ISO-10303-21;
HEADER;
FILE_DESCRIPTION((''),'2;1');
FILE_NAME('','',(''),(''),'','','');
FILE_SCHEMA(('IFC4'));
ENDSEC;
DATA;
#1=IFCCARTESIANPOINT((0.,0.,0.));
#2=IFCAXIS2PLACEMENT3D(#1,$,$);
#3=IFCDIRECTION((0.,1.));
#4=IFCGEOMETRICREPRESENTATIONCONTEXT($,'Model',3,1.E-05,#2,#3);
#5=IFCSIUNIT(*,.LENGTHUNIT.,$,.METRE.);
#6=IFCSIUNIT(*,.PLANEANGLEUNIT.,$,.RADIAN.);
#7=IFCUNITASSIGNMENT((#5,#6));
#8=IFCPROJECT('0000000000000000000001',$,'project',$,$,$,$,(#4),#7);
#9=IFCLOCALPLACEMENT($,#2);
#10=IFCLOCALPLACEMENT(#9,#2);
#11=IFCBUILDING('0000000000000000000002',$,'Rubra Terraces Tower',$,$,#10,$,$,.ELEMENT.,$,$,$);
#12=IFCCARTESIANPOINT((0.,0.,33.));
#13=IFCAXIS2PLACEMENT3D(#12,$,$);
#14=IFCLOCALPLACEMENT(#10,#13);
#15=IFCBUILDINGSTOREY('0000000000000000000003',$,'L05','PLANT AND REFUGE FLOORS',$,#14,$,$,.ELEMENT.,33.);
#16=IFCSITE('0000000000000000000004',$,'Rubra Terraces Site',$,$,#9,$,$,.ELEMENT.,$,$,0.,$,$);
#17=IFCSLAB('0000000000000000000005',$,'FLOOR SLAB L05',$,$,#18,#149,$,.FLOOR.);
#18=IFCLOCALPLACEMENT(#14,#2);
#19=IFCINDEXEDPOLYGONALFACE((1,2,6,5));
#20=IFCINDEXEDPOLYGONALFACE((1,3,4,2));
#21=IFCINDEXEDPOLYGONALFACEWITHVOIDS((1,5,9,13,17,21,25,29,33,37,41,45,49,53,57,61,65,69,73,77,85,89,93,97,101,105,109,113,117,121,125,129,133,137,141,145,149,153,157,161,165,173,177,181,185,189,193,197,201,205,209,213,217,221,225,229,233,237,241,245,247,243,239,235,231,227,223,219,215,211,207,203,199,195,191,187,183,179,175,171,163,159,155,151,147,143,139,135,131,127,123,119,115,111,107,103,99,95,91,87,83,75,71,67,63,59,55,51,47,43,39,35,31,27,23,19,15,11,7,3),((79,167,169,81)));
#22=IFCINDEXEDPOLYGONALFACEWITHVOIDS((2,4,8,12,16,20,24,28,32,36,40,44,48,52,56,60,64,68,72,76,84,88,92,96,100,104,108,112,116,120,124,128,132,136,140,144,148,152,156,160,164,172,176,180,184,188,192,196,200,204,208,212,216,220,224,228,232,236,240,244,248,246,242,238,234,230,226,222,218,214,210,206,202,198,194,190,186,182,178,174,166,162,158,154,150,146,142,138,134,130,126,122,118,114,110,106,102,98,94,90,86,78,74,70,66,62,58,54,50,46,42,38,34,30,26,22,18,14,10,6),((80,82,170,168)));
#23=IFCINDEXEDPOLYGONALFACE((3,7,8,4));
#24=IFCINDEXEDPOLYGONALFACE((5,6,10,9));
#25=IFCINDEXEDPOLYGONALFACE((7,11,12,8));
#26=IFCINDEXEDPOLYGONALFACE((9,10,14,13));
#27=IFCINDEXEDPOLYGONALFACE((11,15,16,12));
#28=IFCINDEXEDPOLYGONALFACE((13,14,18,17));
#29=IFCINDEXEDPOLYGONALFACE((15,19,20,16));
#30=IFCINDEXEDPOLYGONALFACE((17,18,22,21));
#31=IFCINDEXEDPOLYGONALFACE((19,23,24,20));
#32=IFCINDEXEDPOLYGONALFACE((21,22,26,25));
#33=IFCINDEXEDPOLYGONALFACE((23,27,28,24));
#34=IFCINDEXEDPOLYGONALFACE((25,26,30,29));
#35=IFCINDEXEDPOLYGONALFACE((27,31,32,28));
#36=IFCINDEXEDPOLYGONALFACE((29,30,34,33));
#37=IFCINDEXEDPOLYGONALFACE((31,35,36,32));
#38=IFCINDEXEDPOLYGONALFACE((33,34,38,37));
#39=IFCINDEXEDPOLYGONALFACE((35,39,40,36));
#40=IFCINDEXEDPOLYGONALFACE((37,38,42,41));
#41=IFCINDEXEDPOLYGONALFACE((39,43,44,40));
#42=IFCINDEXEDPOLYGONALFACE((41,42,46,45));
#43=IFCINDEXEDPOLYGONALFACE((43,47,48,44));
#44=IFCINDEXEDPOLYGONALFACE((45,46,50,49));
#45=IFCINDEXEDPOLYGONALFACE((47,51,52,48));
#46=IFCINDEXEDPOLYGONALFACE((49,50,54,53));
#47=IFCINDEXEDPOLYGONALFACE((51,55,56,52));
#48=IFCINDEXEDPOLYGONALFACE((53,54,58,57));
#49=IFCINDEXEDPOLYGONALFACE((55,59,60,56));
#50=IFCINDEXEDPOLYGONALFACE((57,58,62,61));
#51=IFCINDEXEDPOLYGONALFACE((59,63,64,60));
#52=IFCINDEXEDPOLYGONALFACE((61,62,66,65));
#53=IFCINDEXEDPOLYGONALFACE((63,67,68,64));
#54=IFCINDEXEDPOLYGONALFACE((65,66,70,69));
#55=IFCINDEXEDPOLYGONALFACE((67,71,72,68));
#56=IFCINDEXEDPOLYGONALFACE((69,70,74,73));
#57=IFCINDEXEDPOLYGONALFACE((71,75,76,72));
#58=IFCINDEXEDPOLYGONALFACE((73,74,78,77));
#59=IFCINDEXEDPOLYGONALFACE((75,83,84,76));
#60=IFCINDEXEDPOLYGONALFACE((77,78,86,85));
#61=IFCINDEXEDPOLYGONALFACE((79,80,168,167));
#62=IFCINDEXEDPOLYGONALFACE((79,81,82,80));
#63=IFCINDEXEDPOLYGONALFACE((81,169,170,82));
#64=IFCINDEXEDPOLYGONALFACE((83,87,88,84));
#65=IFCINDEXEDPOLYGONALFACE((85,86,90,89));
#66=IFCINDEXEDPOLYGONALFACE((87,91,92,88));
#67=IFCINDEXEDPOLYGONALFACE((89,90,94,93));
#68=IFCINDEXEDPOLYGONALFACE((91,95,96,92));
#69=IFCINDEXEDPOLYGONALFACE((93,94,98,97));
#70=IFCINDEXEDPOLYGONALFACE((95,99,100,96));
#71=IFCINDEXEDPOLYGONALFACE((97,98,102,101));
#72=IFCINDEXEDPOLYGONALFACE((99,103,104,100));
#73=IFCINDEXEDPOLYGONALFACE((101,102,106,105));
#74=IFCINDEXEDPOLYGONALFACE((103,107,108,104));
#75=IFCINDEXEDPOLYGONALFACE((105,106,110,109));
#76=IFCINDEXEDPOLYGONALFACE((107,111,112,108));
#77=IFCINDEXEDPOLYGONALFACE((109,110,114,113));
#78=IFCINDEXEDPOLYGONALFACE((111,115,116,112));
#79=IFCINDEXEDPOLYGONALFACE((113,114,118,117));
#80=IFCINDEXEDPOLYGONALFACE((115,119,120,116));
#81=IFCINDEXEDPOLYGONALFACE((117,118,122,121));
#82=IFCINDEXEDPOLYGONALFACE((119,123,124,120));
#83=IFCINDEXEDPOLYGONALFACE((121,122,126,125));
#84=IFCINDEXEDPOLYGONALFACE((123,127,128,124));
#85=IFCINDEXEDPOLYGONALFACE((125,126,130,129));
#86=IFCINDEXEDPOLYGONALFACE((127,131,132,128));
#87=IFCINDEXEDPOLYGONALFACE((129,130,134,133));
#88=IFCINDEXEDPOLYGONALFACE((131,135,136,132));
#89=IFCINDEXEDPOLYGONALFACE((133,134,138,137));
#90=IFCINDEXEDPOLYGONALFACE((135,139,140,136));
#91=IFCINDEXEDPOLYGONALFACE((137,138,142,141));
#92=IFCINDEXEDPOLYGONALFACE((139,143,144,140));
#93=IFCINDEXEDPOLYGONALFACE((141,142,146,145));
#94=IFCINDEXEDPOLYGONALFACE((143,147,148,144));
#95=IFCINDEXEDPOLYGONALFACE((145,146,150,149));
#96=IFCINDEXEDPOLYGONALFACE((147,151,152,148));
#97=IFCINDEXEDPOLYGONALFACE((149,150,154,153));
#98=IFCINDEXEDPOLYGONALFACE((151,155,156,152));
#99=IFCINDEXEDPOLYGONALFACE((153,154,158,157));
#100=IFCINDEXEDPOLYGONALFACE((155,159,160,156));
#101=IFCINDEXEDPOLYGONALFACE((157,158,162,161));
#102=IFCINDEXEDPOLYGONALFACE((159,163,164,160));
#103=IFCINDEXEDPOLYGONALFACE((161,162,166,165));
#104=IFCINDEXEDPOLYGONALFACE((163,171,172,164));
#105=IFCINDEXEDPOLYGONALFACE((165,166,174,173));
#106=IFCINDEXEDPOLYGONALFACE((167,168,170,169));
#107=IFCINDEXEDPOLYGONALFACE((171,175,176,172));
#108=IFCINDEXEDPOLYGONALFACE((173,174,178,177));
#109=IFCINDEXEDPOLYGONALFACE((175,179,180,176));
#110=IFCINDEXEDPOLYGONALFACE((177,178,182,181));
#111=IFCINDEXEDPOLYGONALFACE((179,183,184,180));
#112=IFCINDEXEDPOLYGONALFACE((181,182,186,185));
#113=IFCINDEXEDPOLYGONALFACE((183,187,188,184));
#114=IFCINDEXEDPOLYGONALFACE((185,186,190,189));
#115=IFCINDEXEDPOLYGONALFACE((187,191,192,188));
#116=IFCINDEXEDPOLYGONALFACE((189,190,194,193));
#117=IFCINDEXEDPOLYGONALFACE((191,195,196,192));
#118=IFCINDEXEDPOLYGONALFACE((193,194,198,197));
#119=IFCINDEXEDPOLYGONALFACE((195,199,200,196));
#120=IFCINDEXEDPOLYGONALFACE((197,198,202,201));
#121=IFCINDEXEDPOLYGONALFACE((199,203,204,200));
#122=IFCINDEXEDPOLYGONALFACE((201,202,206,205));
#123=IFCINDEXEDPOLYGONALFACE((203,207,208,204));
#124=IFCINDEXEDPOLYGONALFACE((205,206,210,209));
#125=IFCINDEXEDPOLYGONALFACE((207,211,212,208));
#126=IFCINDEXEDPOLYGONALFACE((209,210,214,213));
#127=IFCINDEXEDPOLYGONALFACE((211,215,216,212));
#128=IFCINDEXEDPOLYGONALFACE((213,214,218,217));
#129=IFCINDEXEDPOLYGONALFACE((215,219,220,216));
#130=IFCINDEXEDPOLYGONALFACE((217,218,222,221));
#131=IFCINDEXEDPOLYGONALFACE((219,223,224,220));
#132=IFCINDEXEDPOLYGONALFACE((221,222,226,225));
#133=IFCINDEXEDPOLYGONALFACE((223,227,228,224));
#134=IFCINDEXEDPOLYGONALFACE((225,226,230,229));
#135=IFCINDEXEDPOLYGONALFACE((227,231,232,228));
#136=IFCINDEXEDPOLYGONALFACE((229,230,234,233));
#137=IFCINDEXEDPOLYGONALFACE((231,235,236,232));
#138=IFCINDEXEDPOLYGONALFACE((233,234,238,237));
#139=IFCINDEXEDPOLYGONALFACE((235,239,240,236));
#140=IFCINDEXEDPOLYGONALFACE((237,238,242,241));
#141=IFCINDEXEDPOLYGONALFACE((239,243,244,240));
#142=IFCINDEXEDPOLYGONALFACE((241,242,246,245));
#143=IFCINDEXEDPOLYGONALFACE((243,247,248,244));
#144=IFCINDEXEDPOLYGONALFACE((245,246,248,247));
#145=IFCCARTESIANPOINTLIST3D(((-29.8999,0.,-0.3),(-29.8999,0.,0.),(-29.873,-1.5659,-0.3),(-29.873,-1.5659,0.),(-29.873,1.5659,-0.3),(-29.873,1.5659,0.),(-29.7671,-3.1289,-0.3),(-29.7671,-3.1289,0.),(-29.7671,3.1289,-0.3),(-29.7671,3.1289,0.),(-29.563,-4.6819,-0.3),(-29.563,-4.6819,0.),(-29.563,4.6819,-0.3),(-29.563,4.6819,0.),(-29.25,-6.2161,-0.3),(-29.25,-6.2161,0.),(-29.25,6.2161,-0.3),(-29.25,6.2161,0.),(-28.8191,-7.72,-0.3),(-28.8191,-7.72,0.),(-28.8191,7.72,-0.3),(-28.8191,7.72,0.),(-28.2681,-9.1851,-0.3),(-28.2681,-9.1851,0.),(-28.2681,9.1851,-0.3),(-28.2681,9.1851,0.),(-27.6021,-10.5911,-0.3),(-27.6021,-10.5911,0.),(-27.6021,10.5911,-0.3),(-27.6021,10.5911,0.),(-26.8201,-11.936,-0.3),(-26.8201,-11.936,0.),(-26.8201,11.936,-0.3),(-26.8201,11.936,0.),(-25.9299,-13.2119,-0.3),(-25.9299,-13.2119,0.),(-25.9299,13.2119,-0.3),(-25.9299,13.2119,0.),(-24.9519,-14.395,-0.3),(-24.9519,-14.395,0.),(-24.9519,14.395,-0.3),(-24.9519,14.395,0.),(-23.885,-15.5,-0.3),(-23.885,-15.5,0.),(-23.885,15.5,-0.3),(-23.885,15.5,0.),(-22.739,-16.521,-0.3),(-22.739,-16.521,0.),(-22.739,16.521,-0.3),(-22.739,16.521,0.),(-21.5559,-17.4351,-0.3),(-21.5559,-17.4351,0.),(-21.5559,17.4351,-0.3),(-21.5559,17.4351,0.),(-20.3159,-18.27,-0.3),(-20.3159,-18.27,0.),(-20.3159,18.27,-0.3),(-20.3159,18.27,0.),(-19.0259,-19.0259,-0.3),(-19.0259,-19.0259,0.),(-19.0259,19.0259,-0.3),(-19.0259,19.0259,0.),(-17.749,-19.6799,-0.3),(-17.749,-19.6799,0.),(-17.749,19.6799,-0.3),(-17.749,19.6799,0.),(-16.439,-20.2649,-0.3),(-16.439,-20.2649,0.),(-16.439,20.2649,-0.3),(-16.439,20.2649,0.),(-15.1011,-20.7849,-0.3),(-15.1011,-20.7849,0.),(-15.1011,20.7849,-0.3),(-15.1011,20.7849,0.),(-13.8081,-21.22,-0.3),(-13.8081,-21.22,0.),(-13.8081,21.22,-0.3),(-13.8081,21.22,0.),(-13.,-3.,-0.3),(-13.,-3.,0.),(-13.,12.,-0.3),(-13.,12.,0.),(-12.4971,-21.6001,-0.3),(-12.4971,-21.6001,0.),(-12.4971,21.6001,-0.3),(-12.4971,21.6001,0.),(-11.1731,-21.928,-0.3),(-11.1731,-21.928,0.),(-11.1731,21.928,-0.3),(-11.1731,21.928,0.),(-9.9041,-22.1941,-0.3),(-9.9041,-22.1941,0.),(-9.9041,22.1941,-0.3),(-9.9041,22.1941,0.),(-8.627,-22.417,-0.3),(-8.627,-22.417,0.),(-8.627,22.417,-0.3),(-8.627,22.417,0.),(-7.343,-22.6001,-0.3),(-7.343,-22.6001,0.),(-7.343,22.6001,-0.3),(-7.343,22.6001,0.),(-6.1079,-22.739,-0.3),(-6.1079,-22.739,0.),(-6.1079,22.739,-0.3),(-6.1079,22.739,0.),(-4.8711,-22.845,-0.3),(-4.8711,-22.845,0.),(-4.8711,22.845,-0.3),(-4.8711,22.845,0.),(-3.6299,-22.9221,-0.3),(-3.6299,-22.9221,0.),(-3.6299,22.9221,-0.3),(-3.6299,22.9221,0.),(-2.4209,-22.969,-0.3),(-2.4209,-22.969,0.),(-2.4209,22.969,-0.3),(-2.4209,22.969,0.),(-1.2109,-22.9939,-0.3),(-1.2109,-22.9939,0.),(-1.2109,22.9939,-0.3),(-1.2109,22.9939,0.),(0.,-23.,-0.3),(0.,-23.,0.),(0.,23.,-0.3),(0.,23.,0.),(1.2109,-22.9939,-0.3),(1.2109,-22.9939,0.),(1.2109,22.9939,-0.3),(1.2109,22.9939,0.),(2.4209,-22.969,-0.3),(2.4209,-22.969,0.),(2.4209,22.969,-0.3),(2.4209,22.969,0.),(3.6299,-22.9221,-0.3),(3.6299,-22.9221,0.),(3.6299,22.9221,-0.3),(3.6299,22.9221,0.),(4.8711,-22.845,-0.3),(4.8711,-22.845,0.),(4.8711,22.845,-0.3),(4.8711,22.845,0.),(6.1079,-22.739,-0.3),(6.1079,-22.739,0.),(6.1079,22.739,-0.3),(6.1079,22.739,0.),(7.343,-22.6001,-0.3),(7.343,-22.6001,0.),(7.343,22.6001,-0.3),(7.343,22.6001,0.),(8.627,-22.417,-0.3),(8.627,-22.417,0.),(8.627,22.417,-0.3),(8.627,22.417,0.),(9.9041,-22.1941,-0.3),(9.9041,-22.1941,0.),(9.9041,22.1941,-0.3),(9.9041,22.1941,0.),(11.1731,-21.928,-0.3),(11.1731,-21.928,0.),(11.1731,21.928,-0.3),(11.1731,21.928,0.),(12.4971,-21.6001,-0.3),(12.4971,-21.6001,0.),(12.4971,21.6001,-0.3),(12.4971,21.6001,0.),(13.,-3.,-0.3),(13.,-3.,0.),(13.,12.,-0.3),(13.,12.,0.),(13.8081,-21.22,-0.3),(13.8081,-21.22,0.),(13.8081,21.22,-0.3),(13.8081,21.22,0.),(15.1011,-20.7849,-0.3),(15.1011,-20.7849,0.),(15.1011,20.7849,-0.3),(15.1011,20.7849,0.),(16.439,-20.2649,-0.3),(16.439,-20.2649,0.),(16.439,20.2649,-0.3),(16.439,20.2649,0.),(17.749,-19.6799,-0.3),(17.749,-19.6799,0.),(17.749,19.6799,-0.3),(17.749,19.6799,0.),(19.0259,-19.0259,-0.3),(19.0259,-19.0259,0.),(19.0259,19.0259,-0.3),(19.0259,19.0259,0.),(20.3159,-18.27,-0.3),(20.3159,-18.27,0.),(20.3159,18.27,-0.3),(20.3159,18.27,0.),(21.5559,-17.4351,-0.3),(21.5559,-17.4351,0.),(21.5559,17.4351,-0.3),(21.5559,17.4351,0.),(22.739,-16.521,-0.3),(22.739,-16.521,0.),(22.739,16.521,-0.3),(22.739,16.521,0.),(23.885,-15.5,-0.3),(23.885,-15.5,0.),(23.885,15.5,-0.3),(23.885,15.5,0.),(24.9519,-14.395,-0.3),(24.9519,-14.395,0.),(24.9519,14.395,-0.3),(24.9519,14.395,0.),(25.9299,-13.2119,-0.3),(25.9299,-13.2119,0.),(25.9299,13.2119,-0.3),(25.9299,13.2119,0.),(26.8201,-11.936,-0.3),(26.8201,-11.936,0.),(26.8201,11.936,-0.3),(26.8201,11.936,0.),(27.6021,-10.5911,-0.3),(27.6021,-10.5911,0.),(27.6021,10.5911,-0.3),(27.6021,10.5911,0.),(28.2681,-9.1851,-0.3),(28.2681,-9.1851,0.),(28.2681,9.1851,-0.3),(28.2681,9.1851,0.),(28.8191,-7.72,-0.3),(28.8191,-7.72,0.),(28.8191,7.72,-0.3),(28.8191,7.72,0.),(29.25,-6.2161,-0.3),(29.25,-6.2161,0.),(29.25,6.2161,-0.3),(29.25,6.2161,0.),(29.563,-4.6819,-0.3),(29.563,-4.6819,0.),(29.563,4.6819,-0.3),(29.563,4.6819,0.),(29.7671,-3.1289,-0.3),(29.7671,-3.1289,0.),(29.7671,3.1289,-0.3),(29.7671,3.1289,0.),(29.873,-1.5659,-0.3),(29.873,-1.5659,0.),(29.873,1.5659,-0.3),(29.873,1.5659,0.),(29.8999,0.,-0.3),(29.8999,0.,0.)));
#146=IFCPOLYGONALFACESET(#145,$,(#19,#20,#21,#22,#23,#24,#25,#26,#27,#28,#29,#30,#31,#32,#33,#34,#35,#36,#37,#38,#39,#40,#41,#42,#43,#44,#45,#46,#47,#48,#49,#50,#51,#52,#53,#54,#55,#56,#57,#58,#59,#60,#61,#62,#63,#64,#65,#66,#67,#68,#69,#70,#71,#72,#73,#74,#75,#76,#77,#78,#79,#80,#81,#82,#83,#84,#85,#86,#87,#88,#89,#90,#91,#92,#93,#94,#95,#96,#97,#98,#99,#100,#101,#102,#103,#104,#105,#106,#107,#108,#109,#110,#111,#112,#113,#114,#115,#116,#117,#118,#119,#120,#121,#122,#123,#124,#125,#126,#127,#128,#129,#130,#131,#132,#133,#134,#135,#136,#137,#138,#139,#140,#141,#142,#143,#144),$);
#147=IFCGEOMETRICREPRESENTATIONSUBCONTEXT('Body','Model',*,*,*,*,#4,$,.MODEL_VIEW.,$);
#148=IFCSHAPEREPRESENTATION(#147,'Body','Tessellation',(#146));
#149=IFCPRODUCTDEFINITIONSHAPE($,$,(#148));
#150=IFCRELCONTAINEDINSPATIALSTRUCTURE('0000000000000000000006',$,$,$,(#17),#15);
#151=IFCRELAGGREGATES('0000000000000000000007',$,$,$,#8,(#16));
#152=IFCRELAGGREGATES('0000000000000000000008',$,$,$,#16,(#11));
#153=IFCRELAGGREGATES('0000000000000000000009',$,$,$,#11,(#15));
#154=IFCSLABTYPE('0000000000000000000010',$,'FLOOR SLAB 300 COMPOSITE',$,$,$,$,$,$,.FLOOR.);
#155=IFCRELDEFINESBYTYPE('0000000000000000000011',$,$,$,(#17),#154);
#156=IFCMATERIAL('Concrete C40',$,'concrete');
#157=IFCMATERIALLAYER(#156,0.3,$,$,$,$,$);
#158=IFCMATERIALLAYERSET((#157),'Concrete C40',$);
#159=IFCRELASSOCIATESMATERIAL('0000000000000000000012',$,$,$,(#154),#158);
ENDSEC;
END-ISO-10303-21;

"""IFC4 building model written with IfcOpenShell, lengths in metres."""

from ifc_helpers import new_model, si_unit, direction, frame, origin, place, context, subcontext, project, spatial, polyline, outline, extrude, material, layer, layer_set, type_object, element, save


model = new_model("IFC4")

# Units and contexts
model_context = context("Model", 3, precision=1e-05, world=origin(), true_north=direction((0.0, 1.0)))
body_context = subcontext(model_context, "Body", "Model", "MODEL_VIEW")
ifc_project = project(units=[si_unit("LENGTHUNIT", "METRE"), si_unit("PLANEANGLEUNIT", "RADIAN")], contexts=[model_context])

# Site, building, storey
site_placement = place(None, origin())
site = spatial("IfcSite", under=ifc_project, at=site_placement, Name="Rubra Terraces Site", CompositionType="ELEMENT", RefElevation=0.0)
building_placement = place(site_placement, origin())
building = spatial("IfcBuilding", under=site, at=building_placement, Name="Rubra Terraces Tower", CompositionType="ELEMENT")
storey_placement = place(building_placement, frame((0.0, 0.0, 33.0)))
storey = spatial("IfcBuildingStorey", under=building, at=storey_placement, Name="L05", Description="PLANT AND REFUGE FLOORS", CompositionType="ELEMENT", Elevation=33.0)

# Shared definitions
ifc_material_1 = material(Name="Concrete C40", Category="concrete")

# Slab
ifc_layer_1 = layer(ifc_material_1, 0.3)
ifc_layer_set_1 = layer_set([ifc_layer_1], Name="Concrete C40")
slab_type_1 = type_object("IfcSlabType", Name="FLOOR SLAB 300 COMPOSITE", PredefinedType="FLOOR", material=ifc_layer_set_1)
slab_1_placement = place(storey_placement, frame((0.0, 0.0, -0.3)))
element("IfcSlab", 1, at=slab_1_placement, inside=storey, type_object=slab_type_1, Name="FLOOR SLAB L05", PredefinedType="FLOOR", context=body_context, shape_type="SweptSolid", body=[
    extrude(outline(polyline([(29.873, -1.5659), (29.8999, 0.0), (29.873, 1.5659), (29.7671, 3.1289), (29.563, 4.6819), (29.25, 6.2161), (28.8191, 7.72), (28.2681, 9.1851), (27.6021, 10.5911), (26.8201, 11.936), (25.9299, 13.2119), (24.9519, 14.395), (23.885, 15.5), (22.739, 16.521), (21.5559, 17.4351), (20.3159, 18.27), (19.0259, 19.0259), (17.749, 19.6799), (16.439, 20.2649), (15.1011, 20.7849), (13.8081, 21.22), (12.4971, 21.6001), (11.1731, 21.928), (9.9041, 22.1941), (8.627, 22.417), (7.343, 22.6001), (6.1079, 22.739), (4.8711, 22.845), (3.6299, 22.9221), (2.4209, 22.969), (1.2109, 22.9939), (0.0, 23.0), (-1.2109, 22.9939), (-2.4209, 22.969), (-3.6299, 22.9221), (-4.8711, 22.845), (-6.1079, 22.739), (-7.343, 22.6001), (-8.627, 22.417), (-9.9041, 22.1941), (-11.1731, 21.928), (-12.4971, 21.6001), (-13.8081, 21.22), (-15.1011, 20.7849), (-16.439, 20.2649), (-17.749, 19.6799), (-19.0259, 19.0259), (-20.3159, 18.27), (-21.5559, 17.4351), (-22.739, 16.521), (-23.885, 15.5), (-24.9519, 14.395), (-25.9299, 13.2119), (-26.8201, 11.936), (-27.6021, 10.5911), (-28.2681, 9.1851), (-28.8191, 7.72), (-29.25, 6.2161), (-29.563, 4.6819), (-29.7671, 3.1289), (-29.873, 1.5659), (-29.8999, 0.0), (-29.873, -1.5659), (-29.7671, -3.1289), (-29.563, -4.6819), (-29.25, -6.2161), (-28.8191, -7.72), (-28.2681, -9.1851), (-27.6021, -10.5911), (-26.8201, -11.936), (-25.9299, -13.2119), (-24.9519, -14.395), (-23.885, -15.5), (-22.739, -16.521), (-21.5559, -17.4351), (-20.3159, -18.27), (-19.0259, -19.0259), (-17.749, -19.6799), (-16.439, -20.2649), (-15.1011, -20.7849), (-13.8081, -21.22), (-12.4971, -21.6001), (-11.1731, -21.928), (-9.9041, -22.1941), (-8.627, -22.417), (-7.343, -22.6001), (-6.1079, -22.739), (-4.8711, -22.845), (-3.6299, -22.9221), (-2.4209, -22.969), (-1.2109, -22.9939), (0.0, -23.0), (1.2109, -22.9939), (2.4209, -22.969), (3.6299, -22.9221), (4.8711, -22.845), (6.1079, -22.739), (7.343, -22.6001), (8.627, -22.417), (9.9041, -22.1941), (11.1731, -21.928), (12.4971, -21.6001), (13.8081, -21.22), (15.1011, -20.7849), (16.439, -20.2649), (17.749, -19.6799), (19.0259, -19.0259), (20.3159, -18.27), (21.5559, -17.4351), (22.739, -16.521), (23.885, -15.5), (24.9519, -14.395), (25.9299, -13.2119), (26.8201, -11.936), (27.6021, -10.5911), (28.2681, -9.1851), (28.8191, -7.72), (29.25, -6.2161), (29.563, -4.6819), (29.7671, -3.1289), (29.873, -1.5659)]), holes=[polyline([(13.0, 12.0), (13.0, -3.0), (-13.0, -3.0), (-13.0, 12.0), (13.0, 12.0)])]), origin(), (0.0, 0.0, 1.0), 0.3),
])

save(model, "model.ifc")
